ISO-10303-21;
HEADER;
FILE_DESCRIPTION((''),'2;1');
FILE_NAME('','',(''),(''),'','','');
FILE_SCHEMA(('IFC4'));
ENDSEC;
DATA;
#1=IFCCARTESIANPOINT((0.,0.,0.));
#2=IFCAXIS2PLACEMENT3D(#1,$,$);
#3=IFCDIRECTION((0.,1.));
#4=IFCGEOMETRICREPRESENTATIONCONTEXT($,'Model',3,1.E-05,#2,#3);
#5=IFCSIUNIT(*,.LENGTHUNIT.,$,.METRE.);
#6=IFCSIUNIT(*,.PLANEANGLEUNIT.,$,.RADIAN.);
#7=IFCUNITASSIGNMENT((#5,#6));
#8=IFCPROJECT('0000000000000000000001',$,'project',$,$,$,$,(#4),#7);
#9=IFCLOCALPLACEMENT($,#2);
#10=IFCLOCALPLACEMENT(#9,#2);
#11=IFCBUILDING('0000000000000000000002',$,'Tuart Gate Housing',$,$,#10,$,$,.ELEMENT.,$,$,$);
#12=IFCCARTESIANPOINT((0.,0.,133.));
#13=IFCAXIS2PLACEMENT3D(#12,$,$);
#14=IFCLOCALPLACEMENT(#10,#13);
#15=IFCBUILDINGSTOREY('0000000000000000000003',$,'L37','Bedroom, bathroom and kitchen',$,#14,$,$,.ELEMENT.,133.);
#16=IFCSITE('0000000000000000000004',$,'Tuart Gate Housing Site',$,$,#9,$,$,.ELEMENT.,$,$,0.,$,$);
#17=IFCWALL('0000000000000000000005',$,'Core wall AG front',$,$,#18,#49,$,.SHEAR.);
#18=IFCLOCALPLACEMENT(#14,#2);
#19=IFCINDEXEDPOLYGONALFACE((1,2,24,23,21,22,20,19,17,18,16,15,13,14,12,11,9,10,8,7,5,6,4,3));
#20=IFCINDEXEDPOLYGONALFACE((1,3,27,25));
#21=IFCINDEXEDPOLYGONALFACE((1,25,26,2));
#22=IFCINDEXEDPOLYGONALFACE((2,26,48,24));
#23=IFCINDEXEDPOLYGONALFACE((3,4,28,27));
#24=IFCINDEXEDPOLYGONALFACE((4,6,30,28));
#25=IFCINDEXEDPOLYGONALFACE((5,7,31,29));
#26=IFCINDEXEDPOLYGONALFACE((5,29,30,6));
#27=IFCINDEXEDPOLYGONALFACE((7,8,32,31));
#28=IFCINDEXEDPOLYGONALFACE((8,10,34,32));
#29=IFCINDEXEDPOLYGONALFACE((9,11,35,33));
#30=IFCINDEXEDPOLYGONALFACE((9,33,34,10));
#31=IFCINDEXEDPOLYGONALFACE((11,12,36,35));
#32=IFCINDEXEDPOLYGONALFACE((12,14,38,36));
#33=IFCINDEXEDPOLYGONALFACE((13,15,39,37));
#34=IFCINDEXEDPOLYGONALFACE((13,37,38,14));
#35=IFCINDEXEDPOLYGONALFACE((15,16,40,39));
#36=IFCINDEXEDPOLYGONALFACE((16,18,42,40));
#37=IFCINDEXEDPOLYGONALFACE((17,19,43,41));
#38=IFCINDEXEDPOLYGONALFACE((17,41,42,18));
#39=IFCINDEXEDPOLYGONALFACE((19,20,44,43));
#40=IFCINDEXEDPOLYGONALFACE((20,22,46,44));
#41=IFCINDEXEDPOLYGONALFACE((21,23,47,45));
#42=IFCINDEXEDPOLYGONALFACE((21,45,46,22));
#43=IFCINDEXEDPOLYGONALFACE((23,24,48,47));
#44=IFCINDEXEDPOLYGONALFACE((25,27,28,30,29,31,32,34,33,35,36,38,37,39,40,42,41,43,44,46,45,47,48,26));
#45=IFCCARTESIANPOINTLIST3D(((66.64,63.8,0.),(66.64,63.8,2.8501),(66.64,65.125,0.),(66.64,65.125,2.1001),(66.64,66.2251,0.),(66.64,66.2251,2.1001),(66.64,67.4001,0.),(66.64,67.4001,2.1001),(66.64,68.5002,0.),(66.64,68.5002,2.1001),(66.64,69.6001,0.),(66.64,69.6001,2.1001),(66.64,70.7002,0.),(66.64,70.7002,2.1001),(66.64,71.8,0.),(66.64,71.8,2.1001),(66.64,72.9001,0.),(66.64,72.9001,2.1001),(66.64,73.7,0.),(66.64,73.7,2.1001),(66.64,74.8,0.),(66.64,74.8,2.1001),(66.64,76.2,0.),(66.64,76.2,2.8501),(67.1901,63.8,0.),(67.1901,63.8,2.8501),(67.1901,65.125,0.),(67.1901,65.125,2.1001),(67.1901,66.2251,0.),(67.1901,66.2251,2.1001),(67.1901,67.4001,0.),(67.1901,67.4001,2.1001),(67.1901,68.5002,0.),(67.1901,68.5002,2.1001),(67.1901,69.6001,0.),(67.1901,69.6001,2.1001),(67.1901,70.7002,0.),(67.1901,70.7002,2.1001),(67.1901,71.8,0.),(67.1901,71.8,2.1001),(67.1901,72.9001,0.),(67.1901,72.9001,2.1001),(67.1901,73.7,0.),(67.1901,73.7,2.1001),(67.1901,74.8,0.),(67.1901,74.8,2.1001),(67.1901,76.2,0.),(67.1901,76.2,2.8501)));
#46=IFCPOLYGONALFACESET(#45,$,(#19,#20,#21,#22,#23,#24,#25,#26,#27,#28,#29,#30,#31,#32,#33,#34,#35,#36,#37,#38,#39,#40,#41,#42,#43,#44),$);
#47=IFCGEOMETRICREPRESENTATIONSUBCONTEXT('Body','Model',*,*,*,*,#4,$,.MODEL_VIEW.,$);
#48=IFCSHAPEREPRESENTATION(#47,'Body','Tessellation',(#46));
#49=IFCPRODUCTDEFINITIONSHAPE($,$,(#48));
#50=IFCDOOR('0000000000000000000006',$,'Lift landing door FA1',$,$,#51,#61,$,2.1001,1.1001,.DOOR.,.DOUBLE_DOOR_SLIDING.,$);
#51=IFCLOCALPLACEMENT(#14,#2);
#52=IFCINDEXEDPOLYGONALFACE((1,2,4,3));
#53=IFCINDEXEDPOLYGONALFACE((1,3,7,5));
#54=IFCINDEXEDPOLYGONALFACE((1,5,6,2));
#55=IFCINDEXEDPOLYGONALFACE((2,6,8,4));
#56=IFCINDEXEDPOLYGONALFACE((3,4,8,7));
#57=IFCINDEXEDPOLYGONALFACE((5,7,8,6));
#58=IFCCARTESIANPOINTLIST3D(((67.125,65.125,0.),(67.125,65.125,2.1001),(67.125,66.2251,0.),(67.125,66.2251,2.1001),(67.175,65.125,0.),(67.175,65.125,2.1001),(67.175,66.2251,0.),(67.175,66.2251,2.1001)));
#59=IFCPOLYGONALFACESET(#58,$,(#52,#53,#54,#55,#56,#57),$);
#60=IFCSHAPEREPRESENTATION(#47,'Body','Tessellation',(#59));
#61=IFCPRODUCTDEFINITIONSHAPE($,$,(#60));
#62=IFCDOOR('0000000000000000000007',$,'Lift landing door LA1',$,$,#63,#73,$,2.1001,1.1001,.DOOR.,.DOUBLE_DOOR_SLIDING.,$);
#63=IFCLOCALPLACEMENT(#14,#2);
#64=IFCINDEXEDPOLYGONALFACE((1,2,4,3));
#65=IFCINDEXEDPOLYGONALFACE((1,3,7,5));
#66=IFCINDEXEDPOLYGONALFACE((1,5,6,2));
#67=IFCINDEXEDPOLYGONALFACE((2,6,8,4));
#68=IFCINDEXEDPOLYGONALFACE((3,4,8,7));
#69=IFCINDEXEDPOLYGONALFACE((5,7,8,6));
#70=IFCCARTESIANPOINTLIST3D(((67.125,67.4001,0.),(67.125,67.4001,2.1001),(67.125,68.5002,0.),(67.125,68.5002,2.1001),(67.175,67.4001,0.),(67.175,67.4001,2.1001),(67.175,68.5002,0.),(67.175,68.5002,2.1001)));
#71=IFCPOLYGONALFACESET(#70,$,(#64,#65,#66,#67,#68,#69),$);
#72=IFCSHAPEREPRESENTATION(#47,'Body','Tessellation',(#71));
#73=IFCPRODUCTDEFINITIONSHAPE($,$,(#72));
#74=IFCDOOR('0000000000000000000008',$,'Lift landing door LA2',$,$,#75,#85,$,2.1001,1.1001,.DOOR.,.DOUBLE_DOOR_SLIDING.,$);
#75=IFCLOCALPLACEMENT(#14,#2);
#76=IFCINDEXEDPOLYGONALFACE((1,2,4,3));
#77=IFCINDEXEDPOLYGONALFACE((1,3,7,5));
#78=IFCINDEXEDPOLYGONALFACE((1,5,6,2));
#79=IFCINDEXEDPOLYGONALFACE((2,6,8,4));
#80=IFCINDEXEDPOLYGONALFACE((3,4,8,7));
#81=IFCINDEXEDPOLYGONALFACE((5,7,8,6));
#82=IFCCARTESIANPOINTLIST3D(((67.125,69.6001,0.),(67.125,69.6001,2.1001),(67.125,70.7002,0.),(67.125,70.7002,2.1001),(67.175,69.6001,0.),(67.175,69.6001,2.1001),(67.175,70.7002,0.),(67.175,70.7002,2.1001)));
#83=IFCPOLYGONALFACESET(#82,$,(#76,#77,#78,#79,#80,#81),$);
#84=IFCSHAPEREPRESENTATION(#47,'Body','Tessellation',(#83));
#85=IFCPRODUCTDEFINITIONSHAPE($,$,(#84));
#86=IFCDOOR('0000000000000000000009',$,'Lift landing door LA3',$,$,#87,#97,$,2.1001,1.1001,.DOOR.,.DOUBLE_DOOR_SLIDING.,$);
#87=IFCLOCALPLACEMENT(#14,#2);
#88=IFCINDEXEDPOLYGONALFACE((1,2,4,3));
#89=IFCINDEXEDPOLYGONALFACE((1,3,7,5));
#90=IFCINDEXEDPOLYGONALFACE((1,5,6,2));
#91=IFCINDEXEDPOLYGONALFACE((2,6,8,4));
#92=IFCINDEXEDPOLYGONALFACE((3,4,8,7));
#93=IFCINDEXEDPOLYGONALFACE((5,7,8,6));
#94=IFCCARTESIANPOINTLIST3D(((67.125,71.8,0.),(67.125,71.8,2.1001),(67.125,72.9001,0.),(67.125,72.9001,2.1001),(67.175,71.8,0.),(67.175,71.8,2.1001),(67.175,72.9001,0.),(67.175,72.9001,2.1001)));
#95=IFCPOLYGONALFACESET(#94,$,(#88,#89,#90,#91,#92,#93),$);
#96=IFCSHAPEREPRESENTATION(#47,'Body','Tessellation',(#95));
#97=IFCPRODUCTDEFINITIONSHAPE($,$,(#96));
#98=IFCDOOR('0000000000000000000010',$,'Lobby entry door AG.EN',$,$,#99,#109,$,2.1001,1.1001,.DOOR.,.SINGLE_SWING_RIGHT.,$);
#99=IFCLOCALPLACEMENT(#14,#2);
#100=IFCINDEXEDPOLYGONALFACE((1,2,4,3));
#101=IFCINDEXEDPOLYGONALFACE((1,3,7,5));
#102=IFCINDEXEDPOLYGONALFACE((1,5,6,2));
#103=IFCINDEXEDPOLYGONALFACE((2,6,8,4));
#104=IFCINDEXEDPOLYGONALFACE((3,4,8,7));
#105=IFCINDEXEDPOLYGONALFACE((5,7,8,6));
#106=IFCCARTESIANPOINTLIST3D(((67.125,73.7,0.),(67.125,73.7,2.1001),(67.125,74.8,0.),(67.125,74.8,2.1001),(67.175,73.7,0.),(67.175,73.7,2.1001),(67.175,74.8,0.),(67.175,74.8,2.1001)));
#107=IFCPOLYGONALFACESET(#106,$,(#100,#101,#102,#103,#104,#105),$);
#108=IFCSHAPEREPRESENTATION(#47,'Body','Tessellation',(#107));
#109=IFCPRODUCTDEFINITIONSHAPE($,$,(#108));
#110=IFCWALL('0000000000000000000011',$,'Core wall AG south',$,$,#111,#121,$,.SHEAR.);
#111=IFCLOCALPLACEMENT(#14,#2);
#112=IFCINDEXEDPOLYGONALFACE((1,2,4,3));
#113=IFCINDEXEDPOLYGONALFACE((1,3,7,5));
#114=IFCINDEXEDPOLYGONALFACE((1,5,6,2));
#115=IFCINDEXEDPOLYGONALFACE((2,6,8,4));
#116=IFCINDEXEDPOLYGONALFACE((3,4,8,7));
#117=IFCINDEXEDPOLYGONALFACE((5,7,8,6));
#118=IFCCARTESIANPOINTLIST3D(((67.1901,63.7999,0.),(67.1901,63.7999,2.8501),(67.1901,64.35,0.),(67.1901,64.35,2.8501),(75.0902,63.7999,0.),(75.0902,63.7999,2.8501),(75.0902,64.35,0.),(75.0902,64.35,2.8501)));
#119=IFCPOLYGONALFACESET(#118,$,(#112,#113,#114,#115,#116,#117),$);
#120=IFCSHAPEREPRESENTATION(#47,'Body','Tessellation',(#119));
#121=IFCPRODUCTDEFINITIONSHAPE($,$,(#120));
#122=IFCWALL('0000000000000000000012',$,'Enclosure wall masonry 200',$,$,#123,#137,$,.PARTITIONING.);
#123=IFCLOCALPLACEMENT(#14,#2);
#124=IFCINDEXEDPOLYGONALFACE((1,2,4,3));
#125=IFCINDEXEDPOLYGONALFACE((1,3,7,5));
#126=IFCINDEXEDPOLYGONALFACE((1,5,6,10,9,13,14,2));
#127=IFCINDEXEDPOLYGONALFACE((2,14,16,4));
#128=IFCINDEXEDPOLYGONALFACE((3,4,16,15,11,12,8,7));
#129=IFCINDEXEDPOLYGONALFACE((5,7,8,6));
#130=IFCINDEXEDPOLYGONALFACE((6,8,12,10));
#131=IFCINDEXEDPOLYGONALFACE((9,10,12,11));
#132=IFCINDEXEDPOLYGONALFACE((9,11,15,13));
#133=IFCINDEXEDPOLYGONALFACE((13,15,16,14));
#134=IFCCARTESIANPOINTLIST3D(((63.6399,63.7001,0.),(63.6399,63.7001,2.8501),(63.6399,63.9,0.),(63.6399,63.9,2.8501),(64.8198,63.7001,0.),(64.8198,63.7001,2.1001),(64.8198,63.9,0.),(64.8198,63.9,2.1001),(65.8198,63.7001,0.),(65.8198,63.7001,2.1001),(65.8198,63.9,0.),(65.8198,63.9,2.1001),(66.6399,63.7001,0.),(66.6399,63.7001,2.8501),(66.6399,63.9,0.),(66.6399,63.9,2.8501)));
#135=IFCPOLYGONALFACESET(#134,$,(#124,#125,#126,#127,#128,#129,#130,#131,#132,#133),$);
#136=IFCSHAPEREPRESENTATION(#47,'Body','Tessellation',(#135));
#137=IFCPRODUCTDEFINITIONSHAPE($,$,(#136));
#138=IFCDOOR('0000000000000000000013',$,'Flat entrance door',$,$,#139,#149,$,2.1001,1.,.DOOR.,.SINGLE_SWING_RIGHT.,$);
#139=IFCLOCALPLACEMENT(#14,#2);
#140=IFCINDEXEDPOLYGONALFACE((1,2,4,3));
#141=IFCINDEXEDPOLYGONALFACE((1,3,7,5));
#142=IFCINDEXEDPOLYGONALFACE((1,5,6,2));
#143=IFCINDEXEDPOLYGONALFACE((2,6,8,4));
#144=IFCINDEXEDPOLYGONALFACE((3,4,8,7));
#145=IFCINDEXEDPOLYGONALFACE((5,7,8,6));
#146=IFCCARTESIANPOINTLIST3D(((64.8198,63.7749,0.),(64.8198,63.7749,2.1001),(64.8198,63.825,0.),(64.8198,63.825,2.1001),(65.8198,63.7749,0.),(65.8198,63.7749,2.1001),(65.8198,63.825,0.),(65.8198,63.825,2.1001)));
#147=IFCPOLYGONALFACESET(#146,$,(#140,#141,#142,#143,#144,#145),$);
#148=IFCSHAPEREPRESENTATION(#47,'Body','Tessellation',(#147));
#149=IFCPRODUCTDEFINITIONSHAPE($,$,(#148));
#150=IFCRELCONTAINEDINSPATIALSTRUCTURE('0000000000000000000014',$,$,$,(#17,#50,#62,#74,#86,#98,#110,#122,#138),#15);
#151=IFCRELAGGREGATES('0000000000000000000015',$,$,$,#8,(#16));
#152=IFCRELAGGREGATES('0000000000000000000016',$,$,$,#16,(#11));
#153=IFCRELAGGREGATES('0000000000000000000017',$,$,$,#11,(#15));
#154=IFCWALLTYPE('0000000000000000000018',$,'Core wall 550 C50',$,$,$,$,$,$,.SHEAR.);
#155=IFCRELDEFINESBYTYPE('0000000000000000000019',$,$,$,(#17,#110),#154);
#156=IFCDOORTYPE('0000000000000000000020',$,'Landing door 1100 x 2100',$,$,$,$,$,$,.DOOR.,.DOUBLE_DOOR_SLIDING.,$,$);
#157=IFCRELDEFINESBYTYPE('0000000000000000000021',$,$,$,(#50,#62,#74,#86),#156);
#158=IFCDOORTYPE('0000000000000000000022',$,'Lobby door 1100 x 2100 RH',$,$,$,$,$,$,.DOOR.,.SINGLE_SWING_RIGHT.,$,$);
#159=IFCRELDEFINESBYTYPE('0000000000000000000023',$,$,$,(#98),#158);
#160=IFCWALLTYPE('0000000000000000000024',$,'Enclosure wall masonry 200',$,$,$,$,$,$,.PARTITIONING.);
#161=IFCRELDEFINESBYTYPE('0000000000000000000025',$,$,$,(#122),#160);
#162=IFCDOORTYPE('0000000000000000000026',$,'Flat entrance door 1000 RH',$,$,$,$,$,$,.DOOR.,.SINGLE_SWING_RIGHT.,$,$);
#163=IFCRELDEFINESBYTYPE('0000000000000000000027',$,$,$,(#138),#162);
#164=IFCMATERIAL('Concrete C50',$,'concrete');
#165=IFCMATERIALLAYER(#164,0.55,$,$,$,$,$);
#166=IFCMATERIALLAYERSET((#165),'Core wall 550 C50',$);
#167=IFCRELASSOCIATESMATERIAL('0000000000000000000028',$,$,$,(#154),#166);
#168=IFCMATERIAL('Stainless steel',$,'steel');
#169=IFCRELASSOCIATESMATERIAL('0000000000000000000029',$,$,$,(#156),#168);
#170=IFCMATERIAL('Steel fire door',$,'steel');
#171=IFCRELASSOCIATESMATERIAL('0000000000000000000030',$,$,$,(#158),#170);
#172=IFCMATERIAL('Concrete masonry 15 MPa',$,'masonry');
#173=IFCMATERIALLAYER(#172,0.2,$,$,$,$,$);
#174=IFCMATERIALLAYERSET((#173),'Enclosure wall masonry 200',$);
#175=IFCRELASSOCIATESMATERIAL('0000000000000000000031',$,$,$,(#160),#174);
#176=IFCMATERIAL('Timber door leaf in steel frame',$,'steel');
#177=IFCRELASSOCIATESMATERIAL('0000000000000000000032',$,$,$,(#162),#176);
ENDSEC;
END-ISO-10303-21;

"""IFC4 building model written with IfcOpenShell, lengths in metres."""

from ifc_helpers import new_model, si_unit, direction, frame, frame_2d, origin, place, context, subcontext, project, spatial, rectangle, extrude, material, layer, layer_set, type_object, element, fill, save


model = new_model("IFC4")

# Units and contexts
model_context = context("Model", 3, precision=1e-05, world=origin(), true_north=direction((0.0, 1.0)))
body_context = subcontext(model_context, "Body", "Model", "MODEL_VIEW")
ifc_project = project(units=[si_unit("LENGTHUNIT", "METRE"), si_unit("PLANEANGLEUNIT", "RADIAN")], contexts=[model_context])

# Site, building, storey
site_placement = place(None, origin())
site = spatial("IfcSite", under=ifc_project, at=site_placement, Name="Tuart Gate Housing Site", CompositionType="ELEMENT", RefElevation=0.0)
building_placement = place(site_placement, origin())
building = spatial("IfcBuilding", under=site, at=building_placement, Name="Tuart Gate Housing", CompositionType="ELEMENT")
storey_placement = place(building_placement, frame((0.0, 0.0, 133.0)))
storey = spatial("IfcBuildingStorey", under=building, at=storey_placement, Name="L37", Description="Bedroom, bathroom and kitchen", CompositionType="ELEMENT", Elevation=133.0)

# Wall, openings, doors
ifc_material_1 = material(Name="Concrete C50", Category="concrete")
ifc_layer_1 = layer(ifc_material_1, 0.55)
ifc_layer_set_1 = layer_set([ifc_layer_1], Name="Core wall 550 C50")
wall_type_1 = type_object("IfcWallType", Name="Core wall 550 C50", PredefinedType="SHEAR", material=ifc_layer_set_1)
wall_1_placement = place(storey_placement, frame((66.915, 63.8, 0.0), z_axis=(0.0, 0.0, 1.0), x_axis=(0.0, 1.0, 0.0)))
wall_1 = element("IfcWall", 1, at=wall_1_placement, inside=storey, type_object=wall_type_1, Name="Core wall AG front", PredefinedType="SHEAR", context=body_context, shape_type="SweptSolid", body=[
    extrude(rectangle(XDim=12.3999, YDim=0.55, at=frame_2d((6.2, 0.0))), origin(), (0.0, 0.0, 1.0), 2.8501),
])
opening_1_placement = place(wall_1_placement, frame((1.325, 0.0, 0.0)))
opening_1 = element("IfcOpeningElement", 2, at=opening_1_placement, cuts=wall_1, PredefinedType="OPENING", context=body_context, shape_type="SweptSolid", body=[
    extrude(rectangle(XDim=1.1001, YDim=2.1001, at=frame_2d((0.55, 1.05))), frame((0.0, 0.2849, 0.0), z_axis=(0.0, -1.0, 0.0), x_axis=(1.0, 0.0, 0.0)), (0.0, 0.0, 1.0), 0.5701),
])
opening_2_placement = place(wall_1_placement, frame((3.6001, 0.0, 0.0)))
opening_2 = element("IfcOpeningElement", 3, at=opening_2_placement, cuts=wall_1, PredefinedType="OPENING", context=body_context, shape_type="SweptSolid", body=[
    extrude(rectangle(XDim=1.1001, YDim=2.1001, at=frame_2d((0.55, 1.05))), frame((0.0, 0.2849, 0.0), z_axis=(0.0, -1.0, 0.0), x_axis=(1.0, 0.0, 0.0)), (0.0, 0.0, 1.0), 0.5701),
])
opening_3_placement = place(wall_1_placement, frame((5.8, 0.0, 0.0)))
opening_3 = element("IfcOpeningElement", 4, at=opening_3_placement, cuts=wall_1, PredefinedType="OPENING", context=body_context, shape_type="SweptSolid", body=[
    extrude(rectangle(XDim=1.1001, YDim=2.1001, at=frame_2d((0.55, 1.05))), frame((0.0, 0.2849, 0.0), z_axis=(0.0, -1.0, 0.0), x_axis=(1.0, 0.0, 0.0)), (0.0, 0.0, 1.0), 0.5701),
])
opening_4_placement = place(wall_1_placement, frame((8.0, 0.0, 0.0)))
opening_4 = element("IfcOpeningElement", 5, at=opening_4_placement, cuts=wall_1, PredefinedType="OPENING", context=body_context, shape_type="SweptSolid", body=[
    extrude(rectangle(XDim=1.1001, YDim=2.1001, at=frame_2d((0.55, 1.05))), frame((0.0, 0.2849, 0.0), z_axis=(0.0, -1.0, 0.0), x_axis=(1.0, 0.0, 0.0)), (0.0, 0.0, 1.0), 0.5701),
])
opening_5_placement = place(wall_1_placement, frame((9.8999, 0.0, 0.0)))
opening_5 = element("IfcOpeningElement", 6, at=opening_5_placement, cuts=wall_1, PredefinedType="OPENING", context=body_context, shape_type="SweptSolid", body=[
    extrude(rectangle(XDim=1.1001, YDim=2.1001, at=frame_2d((0.55, 1.05))), frame((0.0, 0.2849, 0.0), z_axis=(0.0, -1.0, 0.0), x_axis=(1.0, 0.0, 0.0)), (0.0, 0.0, 1.0), 0.5701),
])
ifc_material_2 = material(Name="Stainless steel", Category="steel")
door_type_1 = type_object("IfcDoorType", Name="Landing door 1100 x 2100", OperationType="DOUBLE_DOOR_SLIDING", PredefinedType="DOOR", material=ifc_material_2)
door_1_placement = place(opening_1_placement, origin())
door_1 = element("IfcDoor", 7, at=door_1_placement, inside=storey, type_object=door_type_1, Name="Lift landing door FA1", OperationType="DOUBLE_DOOR_SLIDING", OverallHeight=2.1001, OverallWidth=1.1001, PredefinedType="DOOR", context=body_context, shape_type="SweptSolid", body=[
    extrude(rectangle(XDim=1.1001, YDim=2.1001, at=frame_2d((0.55, 1.05))), frame((0.0, -0.21, 0.0), z_axis=(0.0, -1.0, 0.0), x_axis=(1.0, 0.0, 0.0)), (0.0, 0.0, 1.0), 0.05),
])
fill(opening_1, door_1)
door_2_placement = place(opening_2_placement, origin())
door_2 = element("IfcDoor", 8, at=door_2_placement, inside=storey, type_object=door_type_1, Name="Lift landing door LA1", OperationType="DOUBLE_DOOR_SLIDING", OverallHeight=2.1001, OverallWidth=1.1001, PredefinedType="DOOR", context=body_context, shape_type="SweptSolid", body=[
    extrude(rectangle(XDim=1.1001, YDim=2.1001, at=frame_2d((0.55, 1.05))), frame((0.0, -0.21, 0.0), z_axis=(0.0, -1.0, 0.0), x_axis=(1.0, 0.0, 0.0)), (0.0, 0.0, 1.0), 0.05),
])
fill(opening_2, door_2)
door_3_placement = place(opening_3_placement, origin())
door_3 = element("IfcDoor", 9, at=door_3_placement, inside=storey, type_object=door_type_1, Name="Lift landing door LA2", OperationType="DOUBLE_DOOR_SLIDING", OverallHeight=2.1001, OverallWidth=1.1001, PredefinedType="DOOR", context=body_context, shape_type="SweptSolid", body=[
    extrude(rectangle(XDim=1.1001, YDim=2.1001, at=frame_2d((0.55, 1.05))), frame((0.0, -0.21, 0.0), z_axis=(0.0, -1.0, 0.0), x_axis=(1.0, 0.0, 0.0)), (0.0, 0.0, 1.0), 0.05),
])
fill(opening_3, door_3)
door_4_placement = place(opening_4_placement, origin())
door_4 = element("IfcDoor", 10, at=door_4_placement, inside=storey, type_object=door_type_1, Name="Lift landing door LA3", OperationType="DOUBLE_DOOR_SLIDING", OverallHeight=2.1001, OverallWidth=1.1001, PredefinedType="DOOR", context=body_context, shape_type="SweptSolid", body=[
    extrude(rectangle(XDim=1.1001, YDim=2.1001, at=frame_2d((0.55, 1.05))), frame((0.0, -0.21, 0.0), z_axis=(0.0, -1.0, 0.0), x_axis=(1.0, 0.0, 0.0)), (0.0, 0.0, 1.0), 0.05),
])
fill(opening_4, door_4)
ifc_material_3 = material(Name="Steel fire door", Category="steel")
door_type_2 = type_object("IfcDoorType", Name="Lobby door 1100 x 2100 RH", OperationType="SINGLE_SWING_RIGHT", PredefinedType="DOOR", material=ifc_material_3)
door_5_placement = place(opening_5_placement, frame((1.1001, 0.0, 0.0), z_axis=(0.0, 0.0, 1.0), x_axis=(-1.0, 0.0, 0.0)))
door_5 = element("IfcDoor", 11, at=door_5_placement, inside=storey, type_object=door_type_2, Name="Lobby entry door AG.EN", OperationType="SINGLE_SWING_RIGHT", OverallHeight=2.1001, OverallWidth=1.1001, PredefinedType="DOOR", context=body_context, shape_type="SweptSolid", body=[
    extrude(rectangle(XDim=1.1001, YDim=2.1001, at=frame_2d((0.55, 1.05))), frame((0.0, 0.26, 0.0), z_axis=(0.0, -1.0, 0.0), x_axis=(1.0, 0.0, 0.0)), (0.0, 0.0, 1.0), 0.05),
])
fill(opening_5, door_5)

# Wall
wall_2_placement = place(storey_placement, frame((67.1899, 64.075, 0.0), z_axis=(0.0, 0.0, 1.0), x_axis=(1.0, 0.0, 0.0)))
element("IfcWall", 12, at=wall_2_placement, inside=storey, type_object=wall_type_1, Name="Core wall AG south", PredefinedType="SHEAR", context=body_context, shape_type="SweptSolid", body=[
    extrude(rectangle(XDim=7.9001, YDim=0.55, at=frame_2d((3.9502, 0.0))), origin(), (0.0, 0.0, 1.0), 2.8501),
])

# Wall, opening, door
ifc_material_4 = material(Name="Concrete masonry 15 MPa", Category="masonry")
ifc_layer_2 = layer(ifc_material_4, 0.2)
ifc_layer_set_2 = layer_set([ifc_layer_2], Name="Enclosure wall masonry 200")
wall_type_2 = type_object("IfcWallType", Name="Enclosure wall masonry 200", PredefinedType="PARTITIONING", material=ifc_layer_set_2)
wall_3_placement = place(storey_placement, frame((63.6399, 63.8, 0.0), z_axis=(0.0, 0.0, 1.0), x_axis=(1.0, 0.0, 0.0)))
wall_3 = element("IfcWall", 13, at=wall_3_placement, inside=storey, type_object=wall_type_2, Name="Enclosure wall masonry 200", PredefinedType="PARTITIONING", context=body_context, shape_type="SweptSolid", body=[
    extrude(rectangle(XDim=3.0, YDim=0.2, at=frame_2d((1.5, 0.0))), origin(), (0.0, 0.0, 1.0), 2.8501),
])
opening_6_placement = place(wall_3_placement, frame((1.1799, 0.0, 0.0)))
opening_6 = element("IfcOpeningElement", 14, at=opening_6_placement, cuts=wall_3, PredefinedType="OPENING", context=body_context, shape_type="SweptSolid", body=[
    extrude(rectangle(XDim=1.0, YDim=2.1001, at=frame_2d((0.5, 1.05))), frame((0.0, 0.1099, 0.0), z_axis=(0.0, -1.0, 0.0), x_axis=(1.0, 0.0, 0.0)), (0.0, 0.0, 1.0), 0.22),
])
ifc_material_5 = material(Name="Timber door leaf in steel frame", Category="steel")
door_type_3 = type_object("IfcDoorType", Name="Flat entrance door 1000 RH", OperationType="SINGLE_SWING_RIGHT", PredefinedType="DOOR", material=ifc_material_5)
door_6_placement = place(opening_6_placement, frame((1.0, 0.0, 0.0), z_axis=(0.0, 0.0, 1.0), x_axis=(-1.0, 0.0, 0.0)))
door_6 = element("IfcDoor", 15, at=door_6_placement, inside=storey, type_object=door_type_3, Name="Flat entrance door", OperationType="SINGLE_SWING_RIGHT", OverallHeight=2.1001, OverallWidth=1.0, PredefinedType="DOOR", context=body_context, shape_type="SweptSolid", body=[
    extrude(rectangle(XDim=1.0, YDim=2.1001, at=frame_2d((0.5, 1.05))), frame((0.0, 0.0251, 0.0), z_axis=(0.0, -1.0, 0.0), x_axis=(1.0, 0.0, 0.0)), (0.0, 0.0, 1.0), 0.05),
])
fill(opening_6, door_6)

save(model, "model.ifc")
